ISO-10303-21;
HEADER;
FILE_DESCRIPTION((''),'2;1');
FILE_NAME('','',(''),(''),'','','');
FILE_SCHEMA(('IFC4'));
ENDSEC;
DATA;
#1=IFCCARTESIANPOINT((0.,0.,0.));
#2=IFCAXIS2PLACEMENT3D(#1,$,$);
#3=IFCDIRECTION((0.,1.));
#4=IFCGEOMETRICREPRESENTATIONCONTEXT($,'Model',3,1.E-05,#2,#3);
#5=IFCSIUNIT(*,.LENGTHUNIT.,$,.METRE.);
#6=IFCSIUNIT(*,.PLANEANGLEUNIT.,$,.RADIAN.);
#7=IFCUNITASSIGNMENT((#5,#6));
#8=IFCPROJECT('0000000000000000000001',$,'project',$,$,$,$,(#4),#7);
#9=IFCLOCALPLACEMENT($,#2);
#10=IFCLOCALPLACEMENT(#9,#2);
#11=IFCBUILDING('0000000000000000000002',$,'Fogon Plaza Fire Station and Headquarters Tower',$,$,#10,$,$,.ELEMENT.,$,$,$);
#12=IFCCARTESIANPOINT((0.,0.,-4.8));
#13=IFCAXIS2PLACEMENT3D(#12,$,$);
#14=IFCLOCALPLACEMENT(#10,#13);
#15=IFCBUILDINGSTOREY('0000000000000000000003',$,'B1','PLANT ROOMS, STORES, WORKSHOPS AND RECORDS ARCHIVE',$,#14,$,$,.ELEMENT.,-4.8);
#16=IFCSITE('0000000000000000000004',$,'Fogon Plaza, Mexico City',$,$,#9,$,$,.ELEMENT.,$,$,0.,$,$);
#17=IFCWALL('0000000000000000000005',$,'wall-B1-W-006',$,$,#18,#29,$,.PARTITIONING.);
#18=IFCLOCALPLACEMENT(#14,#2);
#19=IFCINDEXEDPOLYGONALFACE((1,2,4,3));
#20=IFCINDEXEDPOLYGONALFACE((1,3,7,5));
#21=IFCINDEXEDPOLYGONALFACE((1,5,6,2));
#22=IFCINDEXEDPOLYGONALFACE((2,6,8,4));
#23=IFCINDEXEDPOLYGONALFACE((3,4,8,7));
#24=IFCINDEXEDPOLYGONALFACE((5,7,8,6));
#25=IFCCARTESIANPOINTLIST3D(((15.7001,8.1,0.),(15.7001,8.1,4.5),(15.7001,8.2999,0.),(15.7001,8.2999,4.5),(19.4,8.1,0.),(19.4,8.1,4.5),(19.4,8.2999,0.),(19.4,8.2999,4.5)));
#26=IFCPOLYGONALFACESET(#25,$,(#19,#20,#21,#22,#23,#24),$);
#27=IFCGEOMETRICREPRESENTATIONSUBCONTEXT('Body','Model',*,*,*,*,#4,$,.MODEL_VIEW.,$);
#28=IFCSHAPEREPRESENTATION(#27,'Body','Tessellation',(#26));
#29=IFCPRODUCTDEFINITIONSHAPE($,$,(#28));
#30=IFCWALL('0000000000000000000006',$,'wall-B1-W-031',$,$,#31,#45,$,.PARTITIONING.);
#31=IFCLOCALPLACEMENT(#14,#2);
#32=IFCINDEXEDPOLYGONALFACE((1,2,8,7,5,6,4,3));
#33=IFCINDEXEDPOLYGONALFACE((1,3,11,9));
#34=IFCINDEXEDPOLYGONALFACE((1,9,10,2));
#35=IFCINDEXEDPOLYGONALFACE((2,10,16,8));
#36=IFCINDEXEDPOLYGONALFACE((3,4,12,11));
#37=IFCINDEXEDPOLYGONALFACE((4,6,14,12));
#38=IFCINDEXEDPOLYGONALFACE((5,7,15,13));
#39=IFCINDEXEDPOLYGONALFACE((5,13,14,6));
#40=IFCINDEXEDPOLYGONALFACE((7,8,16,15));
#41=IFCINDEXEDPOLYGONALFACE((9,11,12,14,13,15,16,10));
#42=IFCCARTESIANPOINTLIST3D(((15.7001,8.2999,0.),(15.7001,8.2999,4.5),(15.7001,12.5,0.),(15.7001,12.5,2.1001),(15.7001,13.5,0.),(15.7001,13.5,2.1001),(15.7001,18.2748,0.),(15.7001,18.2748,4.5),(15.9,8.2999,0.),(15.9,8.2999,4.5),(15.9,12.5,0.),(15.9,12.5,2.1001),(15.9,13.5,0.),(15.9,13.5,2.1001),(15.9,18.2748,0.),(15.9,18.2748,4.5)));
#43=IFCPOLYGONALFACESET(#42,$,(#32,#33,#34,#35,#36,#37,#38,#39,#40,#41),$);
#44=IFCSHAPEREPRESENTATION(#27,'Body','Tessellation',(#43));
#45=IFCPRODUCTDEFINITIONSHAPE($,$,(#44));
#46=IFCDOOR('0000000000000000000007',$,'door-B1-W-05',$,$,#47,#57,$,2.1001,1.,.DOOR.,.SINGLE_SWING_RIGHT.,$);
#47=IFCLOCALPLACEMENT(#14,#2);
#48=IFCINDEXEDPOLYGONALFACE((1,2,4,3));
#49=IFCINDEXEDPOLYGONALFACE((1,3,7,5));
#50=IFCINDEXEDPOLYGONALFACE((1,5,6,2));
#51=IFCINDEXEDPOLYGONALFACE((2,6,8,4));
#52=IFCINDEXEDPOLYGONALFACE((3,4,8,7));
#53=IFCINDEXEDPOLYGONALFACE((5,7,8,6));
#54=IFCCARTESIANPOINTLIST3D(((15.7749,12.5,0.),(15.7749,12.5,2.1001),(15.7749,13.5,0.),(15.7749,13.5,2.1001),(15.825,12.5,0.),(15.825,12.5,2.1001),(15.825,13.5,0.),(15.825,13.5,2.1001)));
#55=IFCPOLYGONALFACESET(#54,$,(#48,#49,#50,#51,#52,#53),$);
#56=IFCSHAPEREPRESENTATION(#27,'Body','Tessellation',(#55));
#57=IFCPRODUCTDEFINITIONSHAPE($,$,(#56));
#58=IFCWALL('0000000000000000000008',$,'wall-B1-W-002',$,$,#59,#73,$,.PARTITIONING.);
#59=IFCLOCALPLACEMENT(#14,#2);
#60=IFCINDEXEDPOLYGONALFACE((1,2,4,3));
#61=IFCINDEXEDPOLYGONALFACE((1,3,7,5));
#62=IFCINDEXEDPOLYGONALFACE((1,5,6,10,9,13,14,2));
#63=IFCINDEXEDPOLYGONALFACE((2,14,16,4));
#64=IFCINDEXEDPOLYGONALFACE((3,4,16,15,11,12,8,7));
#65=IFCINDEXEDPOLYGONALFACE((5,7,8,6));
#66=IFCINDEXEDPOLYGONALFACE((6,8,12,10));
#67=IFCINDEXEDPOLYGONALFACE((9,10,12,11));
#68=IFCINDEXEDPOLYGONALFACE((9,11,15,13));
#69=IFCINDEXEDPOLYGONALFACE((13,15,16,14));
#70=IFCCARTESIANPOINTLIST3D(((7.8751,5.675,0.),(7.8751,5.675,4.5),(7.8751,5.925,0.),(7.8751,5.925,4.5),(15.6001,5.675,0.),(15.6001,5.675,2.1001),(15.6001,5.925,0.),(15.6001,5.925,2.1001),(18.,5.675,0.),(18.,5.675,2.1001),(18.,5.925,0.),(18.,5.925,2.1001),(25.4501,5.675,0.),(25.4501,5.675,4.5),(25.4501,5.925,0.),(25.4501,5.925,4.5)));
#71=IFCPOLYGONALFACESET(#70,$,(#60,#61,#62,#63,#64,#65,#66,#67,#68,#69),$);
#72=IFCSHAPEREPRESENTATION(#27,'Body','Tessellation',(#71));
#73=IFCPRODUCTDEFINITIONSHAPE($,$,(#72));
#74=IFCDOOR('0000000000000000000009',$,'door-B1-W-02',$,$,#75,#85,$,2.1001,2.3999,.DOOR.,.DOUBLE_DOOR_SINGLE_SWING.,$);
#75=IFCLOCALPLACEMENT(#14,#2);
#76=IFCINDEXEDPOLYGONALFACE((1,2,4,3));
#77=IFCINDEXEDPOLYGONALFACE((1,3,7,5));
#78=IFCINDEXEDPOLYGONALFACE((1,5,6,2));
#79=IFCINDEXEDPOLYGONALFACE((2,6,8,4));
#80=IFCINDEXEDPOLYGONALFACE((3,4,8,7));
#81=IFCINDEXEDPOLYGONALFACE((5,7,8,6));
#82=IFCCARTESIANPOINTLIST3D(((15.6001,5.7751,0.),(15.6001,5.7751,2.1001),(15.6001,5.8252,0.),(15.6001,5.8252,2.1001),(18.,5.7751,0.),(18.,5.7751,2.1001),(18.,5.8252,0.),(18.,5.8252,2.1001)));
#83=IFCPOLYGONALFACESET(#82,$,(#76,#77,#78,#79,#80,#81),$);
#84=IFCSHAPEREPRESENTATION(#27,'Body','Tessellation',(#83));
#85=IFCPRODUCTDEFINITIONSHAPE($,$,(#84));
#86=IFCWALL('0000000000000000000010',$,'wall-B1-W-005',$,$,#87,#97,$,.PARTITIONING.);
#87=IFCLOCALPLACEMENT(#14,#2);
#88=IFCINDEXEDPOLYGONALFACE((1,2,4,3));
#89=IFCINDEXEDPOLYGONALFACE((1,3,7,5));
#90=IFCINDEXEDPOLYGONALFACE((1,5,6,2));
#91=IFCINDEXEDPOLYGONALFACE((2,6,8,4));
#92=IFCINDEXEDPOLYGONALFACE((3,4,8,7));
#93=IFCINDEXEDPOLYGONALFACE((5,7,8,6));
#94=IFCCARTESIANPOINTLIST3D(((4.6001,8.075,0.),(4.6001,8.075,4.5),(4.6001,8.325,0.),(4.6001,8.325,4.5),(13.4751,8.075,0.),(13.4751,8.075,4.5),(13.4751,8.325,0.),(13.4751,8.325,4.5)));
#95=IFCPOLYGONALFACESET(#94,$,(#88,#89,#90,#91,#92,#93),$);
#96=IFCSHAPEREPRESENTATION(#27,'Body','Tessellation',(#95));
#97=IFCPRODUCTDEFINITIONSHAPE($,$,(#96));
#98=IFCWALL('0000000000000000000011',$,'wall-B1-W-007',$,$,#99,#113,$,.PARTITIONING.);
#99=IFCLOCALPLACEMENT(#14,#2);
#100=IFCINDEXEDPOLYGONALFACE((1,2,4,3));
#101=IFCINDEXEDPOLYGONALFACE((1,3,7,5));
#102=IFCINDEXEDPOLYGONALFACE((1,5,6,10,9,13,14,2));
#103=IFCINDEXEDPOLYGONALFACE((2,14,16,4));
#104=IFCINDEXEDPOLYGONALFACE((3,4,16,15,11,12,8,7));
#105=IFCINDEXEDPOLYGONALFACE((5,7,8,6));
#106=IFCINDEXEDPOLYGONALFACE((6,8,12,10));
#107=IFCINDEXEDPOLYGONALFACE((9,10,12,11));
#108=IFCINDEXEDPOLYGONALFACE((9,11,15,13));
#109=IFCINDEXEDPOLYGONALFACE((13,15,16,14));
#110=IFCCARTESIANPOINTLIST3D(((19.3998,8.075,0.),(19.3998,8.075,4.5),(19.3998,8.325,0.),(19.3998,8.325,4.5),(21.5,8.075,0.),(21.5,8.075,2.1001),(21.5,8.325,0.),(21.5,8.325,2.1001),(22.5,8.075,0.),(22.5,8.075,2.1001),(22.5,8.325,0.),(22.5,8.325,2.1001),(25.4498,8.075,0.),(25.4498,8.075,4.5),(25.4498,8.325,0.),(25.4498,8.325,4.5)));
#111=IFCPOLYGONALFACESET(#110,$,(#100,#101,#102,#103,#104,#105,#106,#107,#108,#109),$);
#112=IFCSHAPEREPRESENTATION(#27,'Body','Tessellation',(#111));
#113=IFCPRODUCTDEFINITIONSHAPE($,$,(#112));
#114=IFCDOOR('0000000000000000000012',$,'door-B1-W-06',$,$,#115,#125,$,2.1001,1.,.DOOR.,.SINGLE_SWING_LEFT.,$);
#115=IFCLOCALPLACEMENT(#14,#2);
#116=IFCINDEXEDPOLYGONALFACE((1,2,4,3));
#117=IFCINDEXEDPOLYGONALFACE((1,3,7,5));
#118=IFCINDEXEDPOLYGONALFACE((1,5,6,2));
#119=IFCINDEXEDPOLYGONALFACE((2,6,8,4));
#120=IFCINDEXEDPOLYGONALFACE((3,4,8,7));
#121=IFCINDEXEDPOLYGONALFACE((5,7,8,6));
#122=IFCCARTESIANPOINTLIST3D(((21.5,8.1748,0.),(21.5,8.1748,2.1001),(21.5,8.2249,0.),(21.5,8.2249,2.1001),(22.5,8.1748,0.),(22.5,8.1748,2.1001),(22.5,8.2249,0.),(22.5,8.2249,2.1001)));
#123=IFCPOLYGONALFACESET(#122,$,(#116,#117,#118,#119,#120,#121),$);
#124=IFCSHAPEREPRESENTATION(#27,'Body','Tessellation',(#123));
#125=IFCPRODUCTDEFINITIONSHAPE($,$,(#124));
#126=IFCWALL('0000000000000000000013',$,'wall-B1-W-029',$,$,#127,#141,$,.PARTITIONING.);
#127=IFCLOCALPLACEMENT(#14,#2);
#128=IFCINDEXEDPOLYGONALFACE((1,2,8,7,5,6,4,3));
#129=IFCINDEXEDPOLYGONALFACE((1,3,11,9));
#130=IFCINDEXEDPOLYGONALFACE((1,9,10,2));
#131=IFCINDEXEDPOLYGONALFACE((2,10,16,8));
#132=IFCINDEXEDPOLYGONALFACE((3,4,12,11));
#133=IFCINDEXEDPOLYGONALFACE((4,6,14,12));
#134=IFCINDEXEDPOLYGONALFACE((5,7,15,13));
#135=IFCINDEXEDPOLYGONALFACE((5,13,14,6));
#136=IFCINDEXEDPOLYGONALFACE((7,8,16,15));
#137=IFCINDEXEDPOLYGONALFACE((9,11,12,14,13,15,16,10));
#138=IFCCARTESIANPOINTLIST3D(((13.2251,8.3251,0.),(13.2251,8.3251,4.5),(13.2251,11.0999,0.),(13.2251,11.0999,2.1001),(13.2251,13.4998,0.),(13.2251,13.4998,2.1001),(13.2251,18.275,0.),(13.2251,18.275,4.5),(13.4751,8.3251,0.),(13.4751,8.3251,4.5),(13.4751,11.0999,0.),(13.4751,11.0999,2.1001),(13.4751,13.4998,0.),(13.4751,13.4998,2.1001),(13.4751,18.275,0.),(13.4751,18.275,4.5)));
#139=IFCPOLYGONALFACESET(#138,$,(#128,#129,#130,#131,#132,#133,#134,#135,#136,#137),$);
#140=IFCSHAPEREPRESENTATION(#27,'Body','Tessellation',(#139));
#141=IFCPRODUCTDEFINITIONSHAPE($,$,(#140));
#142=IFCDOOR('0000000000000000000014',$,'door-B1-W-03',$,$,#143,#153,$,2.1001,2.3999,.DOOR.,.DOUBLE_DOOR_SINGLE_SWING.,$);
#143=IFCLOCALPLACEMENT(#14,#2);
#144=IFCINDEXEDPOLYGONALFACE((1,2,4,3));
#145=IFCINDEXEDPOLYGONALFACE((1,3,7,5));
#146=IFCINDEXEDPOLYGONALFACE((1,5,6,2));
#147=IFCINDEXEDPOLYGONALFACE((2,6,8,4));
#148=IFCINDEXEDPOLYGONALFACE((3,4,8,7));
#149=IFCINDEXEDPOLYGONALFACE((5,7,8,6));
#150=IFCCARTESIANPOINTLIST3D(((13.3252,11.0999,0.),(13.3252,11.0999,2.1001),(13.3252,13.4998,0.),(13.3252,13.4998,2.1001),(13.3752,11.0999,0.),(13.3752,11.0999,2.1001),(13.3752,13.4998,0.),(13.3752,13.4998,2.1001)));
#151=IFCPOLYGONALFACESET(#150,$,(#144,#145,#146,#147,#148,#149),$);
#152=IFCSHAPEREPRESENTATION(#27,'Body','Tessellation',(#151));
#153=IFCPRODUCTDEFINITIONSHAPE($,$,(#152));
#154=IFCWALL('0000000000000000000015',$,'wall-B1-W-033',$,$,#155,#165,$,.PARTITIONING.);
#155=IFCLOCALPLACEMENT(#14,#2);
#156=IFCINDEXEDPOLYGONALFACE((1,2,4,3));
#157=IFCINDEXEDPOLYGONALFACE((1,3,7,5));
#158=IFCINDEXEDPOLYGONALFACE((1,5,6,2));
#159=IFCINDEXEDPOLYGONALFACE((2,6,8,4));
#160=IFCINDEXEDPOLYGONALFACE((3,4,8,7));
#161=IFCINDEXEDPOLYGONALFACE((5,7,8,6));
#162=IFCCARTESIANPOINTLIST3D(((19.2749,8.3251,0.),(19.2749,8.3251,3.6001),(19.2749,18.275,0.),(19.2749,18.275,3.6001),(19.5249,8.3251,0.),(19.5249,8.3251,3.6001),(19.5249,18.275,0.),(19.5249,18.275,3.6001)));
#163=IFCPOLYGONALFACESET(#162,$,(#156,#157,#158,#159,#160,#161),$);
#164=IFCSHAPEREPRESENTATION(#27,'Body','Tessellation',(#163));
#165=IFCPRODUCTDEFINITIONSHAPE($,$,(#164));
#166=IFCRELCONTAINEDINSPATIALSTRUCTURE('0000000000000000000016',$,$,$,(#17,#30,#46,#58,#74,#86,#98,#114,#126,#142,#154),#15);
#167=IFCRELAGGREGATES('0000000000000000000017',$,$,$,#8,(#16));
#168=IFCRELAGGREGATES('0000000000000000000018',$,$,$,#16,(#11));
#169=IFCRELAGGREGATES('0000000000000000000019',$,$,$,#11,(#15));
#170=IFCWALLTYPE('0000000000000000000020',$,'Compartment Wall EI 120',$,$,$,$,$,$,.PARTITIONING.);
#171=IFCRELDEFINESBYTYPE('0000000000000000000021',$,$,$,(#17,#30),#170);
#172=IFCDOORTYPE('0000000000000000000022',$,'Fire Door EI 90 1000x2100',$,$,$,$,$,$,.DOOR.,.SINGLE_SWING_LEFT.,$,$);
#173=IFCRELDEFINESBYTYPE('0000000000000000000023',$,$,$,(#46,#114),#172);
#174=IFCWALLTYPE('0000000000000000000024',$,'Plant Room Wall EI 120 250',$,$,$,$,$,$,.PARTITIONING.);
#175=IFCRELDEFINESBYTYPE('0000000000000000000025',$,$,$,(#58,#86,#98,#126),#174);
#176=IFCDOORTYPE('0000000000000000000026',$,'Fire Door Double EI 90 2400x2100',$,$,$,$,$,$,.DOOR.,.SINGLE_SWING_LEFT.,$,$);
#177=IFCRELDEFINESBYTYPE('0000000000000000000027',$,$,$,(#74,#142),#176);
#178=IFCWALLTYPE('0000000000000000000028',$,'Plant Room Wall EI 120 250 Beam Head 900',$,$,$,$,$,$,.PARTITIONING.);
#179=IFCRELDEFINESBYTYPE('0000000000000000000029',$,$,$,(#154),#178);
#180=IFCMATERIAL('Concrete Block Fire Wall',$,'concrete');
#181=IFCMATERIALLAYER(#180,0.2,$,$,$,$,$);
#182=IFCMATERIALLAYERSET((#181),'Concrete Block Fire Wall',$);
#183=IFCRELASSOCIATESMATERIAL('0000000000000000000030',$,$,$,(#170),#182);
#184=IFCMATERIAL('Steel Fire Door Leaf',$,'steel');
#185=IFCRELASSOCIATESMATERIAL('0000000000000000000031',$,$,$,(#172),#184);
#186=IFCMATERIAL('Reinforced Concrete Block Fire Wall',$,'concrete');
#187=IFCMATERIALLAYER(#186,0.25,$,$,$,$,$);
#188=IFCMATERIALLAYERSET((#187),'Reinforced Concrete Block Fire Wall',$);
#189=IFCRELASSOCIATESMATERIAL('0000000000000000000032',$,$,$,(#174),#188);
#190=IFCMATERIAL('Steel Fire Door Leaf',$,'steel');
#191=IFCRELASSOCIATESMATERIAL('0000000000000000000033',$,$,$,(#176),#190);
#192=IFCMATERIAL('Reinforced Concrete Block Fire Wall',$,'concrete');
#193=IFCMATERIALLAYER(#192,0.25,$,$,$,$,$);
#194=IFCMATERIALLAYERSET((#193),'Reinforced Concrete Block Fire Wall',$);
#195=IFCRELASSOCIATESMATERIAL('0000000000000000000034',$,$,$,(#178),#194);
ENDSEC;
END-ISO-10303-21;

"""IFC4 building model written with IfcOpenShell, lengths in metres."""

from ifc_helpers import new_model, si_unit, direction, frame, frame_2d, origin, place, context, subcontext, project, spatial, rectangle, extrude, material, layer, layer_set, type_object, element, fill, save


model = new_model("IFC4")

# Units and contexts
model_context = context("Model", 3, precision=1e-05, world=origin(), true_north=direction((0.0, 1.0)))
body_context = subcontext(model_context, "Body", "Model", "MODEL_VIEW")
ifc_project = project(units=[si_unit("LENGTHUNIT", "METRE"), si_unit("PLANEANGLEUNIT", "RADIAN")], contexts=[model_context])

# Site, building, storey
site_placement = place(None, origin())
site = spatial("IfcSite", under=ifc_project, at=site_placement, Name="Fogon Plaza, Mexico City", CompositionType="ELEMENT", RefElevation=0.0)
building_placement = place(site_placement, origin())
building = spatial("IfcBuilding", under=site, at=building_placement, Name="Fogon Plaza Fire Station and Headquarters Tower", CompositionType="ELEMENT")
storey_placement = place(building_placement, frame((0.0, 0.0, -4.8)))
storey = spatial("IfcBuildingStorey", under=building, at=storey_placement, Name="B1", Description="PLANT ROOMS, STORES, WORKSHOPS AND RECORDS ARCHIVE", CompositionType="ELEMENT", Elevation=-4.8)

# Wall
ifc_material_1 = material(Name="Concrete Block Fire Wall", Category="concrete")
ifc_layer_1 = layer(ifc_material_1, 0.2)
ifc_layer_set_1 = layer_set([ifc_layer_1], Name="Concrete Block Fire Wall")
wall_type_1 = type_object("IfcWallType", Name="Compartment Wall EI 120", PredefinedType="PARTITIONING", material=ifc_layer_set_1)
wall_1_placement = place(storey_placement, frame((15.7, 8.2, 0.0), z_axis=(0.0, 0.0, 1.0), x_axis=(1.0, 0.0, 0.0)))
element("IfcWall", 1, at=wall_1_placement, inside=storey, type_object=wall_type_1, Name="wall-B1-W-006", PredefinedType="PARTITIONING", context=body_context, shape_type="SweptSolid", body=[
    extrude(rectangle(XDim=3.7, YDim=0.2, at=frame_2d((1.8501, 0.0))), origin(), (0.0, 0.0, 1.0), 4.5),
])

# Walls, openings, doors
wall_2_placement = place(storey_placement, frame((15.8, 8.3, 0.0), z_axis=(0.0, 0.0, 1.0), x_axis=(0.0, 1.0, 0.0)))
wall_2 = element("IfcWall", 2, at=wall_2_placement, inside=storey, type_object=wall_type_1, Name="wall-B1-W-031", PredefinedType="PARTITIONING", context=body_context, shape_type="SweptSolid", body=[
    extrude(rectangle(XDim=9.9749, YDim=0.2, at=frame_2d((4.9873, 0.0))), origin(), (0.0, 0.0, 1.0), 4.5),
])
opening_1_placement = place(wall_2_placement, frame((4.2, 0.0, 0.0)))
opening_1 = element("IfcOpeningElement", 3, at=opening_1_placement, cuts=wall_2, PredefinedType="OPENING", context=body_context, shape_type="SweptSolid", body=[
    extrude(rectangle(XDim=1.0, YDim=2.1001, at=frame_2d((0.5, 1.05))), frame((0.0, 0.1099, 0.0), z_axis=(0.0, -1.0, 0.0), x_axis=(1.0, 0.0, 0.0)), (0.0, 0.0, 1.0), 0.22),
])
ifc_material_2 = material(Name="Steel Fire Door Leaf", Category="steel")
door_type_1 = type_object("IfcDoorType", Name="Fire Door EI 90 1000x2100", OperationType="SINGLE_SWING_LEFT", PredefinedType="DOOR", material=ifc_material_2)
door_1_placement = place(opening_1_placement, frame((1.0, 0.0, 0.0), z_axis=(0.0, 0.0, 1.0), x_axis=(-1.0, 0.0, 0.0)))
door_1 = element("IfcDoor", 4, at=door_1_placement, inside=storey, type_object=door_type_1, Name="door-B1-W-05", OperationType="SINGLE_SWING_RIGHT", OverallHeight=2.1001, OverallWidth=1.0, PredefinedType="DOOR", context=body_context, shape_type="SweptSolid", body=[
    extrude(rectangle(XDim=1.0, YDim=2.1001, at=frame_2d((0.5, 1.05))), frame((0.0, 0.0249, 0.0), z_axis=(0.0, -1.0, 0.0), x_axis=(1.0, 0.0, 0.0)), (0.0, 0.0, 1.0), 0.05),
])
fill(opening_1, door_1)
ifc_material_3 = material(Name="Reinforced Concrete Block Fire Wall", Category="concrete")
ifc_layer_2 = layer(ifc_material_3, 0.25)
ifc_layer_set_2 = layer_set([ifc_layer_2], Name="Reinforced Concrete Block Fire Wall")
wall_type_2 = type_object("IfcWallType", Name="Plant Room Wall EI 120 250", PredefinedType="PARTITIONING", material=ifc_layer_set_2)
wall_3_placement = place(storey_placement, frame((7.875, 5.8, 0.0), z_axis=(0.0, 0.0, 1.0), x_axis=(1.0, 0.0, 0.0)))
wall_3 = element("IfcWall", 5, at=wall_3_placement, inside=storey, type_object=wall_type_2, Name="wall-B1-W-002", PredefinedType="PARTITIONING", context=body_context, shape_type="SweptSolid", body=[
    extrude(rectangle(XDim=17.575, YDim=0.25, at=frame_2d((8.7876, 0.0))), origin(), (0.0, 0.0, 1.0), 4.5),
])
opening_2_placement = place(wall_3_placement, frame((7.7251, 0.0, 0.0)))
opening_2 = element("IfcOpeningElement", 6, at=opening_2_placement, cuts=wall_3, PredefinedType="OPENING", context=body_context, shape_type="SweptSolid", body=[
    extrude(rectangle(XDim=2.3999, YDim=2.1001, at=frame_2d((1.2, 1.05))), frame((0.0, 0.135, 0.0), z_axis=(0.0, -1.0, 0.0), x_axis=(1.0, 0.0, 0.0)), (0.0, 0.0, 1.0), 0.27),
])
ifc_material_4 = material(Name="Steel Fire Door Leaf", Category="steel")
door_type_2 = type_object("IfcDoorType", Name="Fire Door Double EI 90 2400x2100", OperationType="SINGLE_SWING_LEFT", PredefinedType="DOOR", material=ifc_material_4)
door_2_placement = place(opening_2_placement, frame((2.3999, 0.0, 0.0), z_axis=(0.0, 0.0, 1.0), x_axis=(-1.0, 0.0, 0.0)))
door_2 = element("IfcDoor", 7, at=door_2_placement, inside=storey, type_object=door_type_2, Name="door-B1-W-02", OperationType="DOUBLE_DOOR_SINGLE_SWING", OverallHeight=2.1001, OverallWidth=2.3999, PredefinedType="DOOR", context=body_context, shape_type="SweptSolid", body=[
    extrude(rectangle(XDim=2.3999, YDim=2.1001, at=frame_2d((1.2, 1.05))), frame((0.0, 0.0249, 0.0), z_axis=(0.0, -1.0, 0.0), x_axis=(1.0, 0.0, 0.0)), (0.0, 0.0, 1.0), 0.05),
])
fill(opening_2, door_2)

# Wall
wall_4_placement = place(storey_placement, frame((4.6001, 8.2, 0.0), z_axis=(0.0, 0.0, 1.0), x_axis=(1.0, 0.0, 0.0)))
element("IfcWall", 8, at=wall_4_placement, inside=storey, type_object=wall_type_2, Name="wall-B1-W-005", PredefinedType="PARTITIONING", context=body_context, shape_type="SweptSolid", body=[
    extrude(rectangle(XDim=8.875, YDim=0.25, at=frame_2d((4.4375, 0.0))), origin(), (0.0, 0.0, 1.0), 4.5),
])

# Walls, openings, doors
wall_5_placement = place(storey_placement, frame((19.3999, 8.2, 0.0), z_axis=(0.0, 0.0, 1.0), x_axis=(1.0, 0.0, 0.0)))
wall_5 = element("IfcWall", 9, at=wall_5_placement, inside=storey, type_object=wall_type_2, Name="wall-B1-W-007", PredefinedType="PARTITIONING", context=body_context, shape_type="SweptSolid", body=[
    extrude(rectangle(XDim=6.05, YDim=0.25, at=frame_2d((3.0249, 0.0))), origin(), (0.0, 0.0, 1.0), 4.5),
])
opening_3_placement = place(wall_5_placement, frame((2.1001, 0.0, 0.0)))
opening_3 = element("IfcOpeningElement", 10, at=opening_3_placement, cuts=wall_5, PredefinedType="OPENING", context=body_context, shape_type="SweptSolid", body=[
    extrude(rectangle(XDim=1.0, YDim=2.1001, at=frame_2d((0.5, 1.05))), frame((0.0, 0.135, 0.0), z_axis=(0.0, -1.0, 0.0), x_axis=(1.0, 0.0, 0.0)), (0.0, 0.0, 1.0), 0.27),
])
door_3_placement = place(opening_3_placement, origin())
door_3 = element("IfcDoor", 11, at=door_3_placement, inside=storey, type_object=door_type_1, Name="door-B1-W-06", OperationType="SINGLE_SWING_LEFT", OverallHeight=2.1001, OverallWidth=1.0, PredefinedType="DOOR", context=body_context, shape_type="SweptSolid", body=[
    extrude(rectangle(XDim=1.0, YDim=2.1001, at=frame_2d((0.5, 1.05))), frame((0.0, 0.0249, 0.0), z_axis=(0.0, -1.0, 0.0), x_axis=(1.0, 0.0, 0.0)), (0.0, 0.0, 1.0), 0.05),
])
fill(opening_3, door_3)
wall_6_placement = place(storey_placement, frame((13.3501, 8.325, 0.0), z_axis=(0.0, 0.0, 1.0), x_axis=(0.0, 1.0, 0.0)))
wall_6 = element("IfcWall", 12, at=wall_6_placement, inside=storey, type_object=wall_type_2, Name="wall-B1-W-029", PredefinedType="PARTITIONING", context=body_context, shape_type="SweptSolid", body=[
    extrude(rectangle(XDim=9.95, YDim=0.25, at=frame_2d((4.9751, 0.0))), origin(), (0.0, 0.0, 1.0), 4.5),
])
opening_4_placement = place(wall_6_placement, frame((2.7749, 0.0, 0.0)))
opening_4 = element("IfcOpeningElement", 13, at=opening_4_placement, cuts=wall_6, PredefinedType="OPENING", context=body_context, shape_type="SweptSolid", body=[
    extrude(rectangle(XDim=2.3999, YDim=2.1001, at=frame_2d((1.2, 1.05))), frame((0.0, 0.135, 0.0), z_axis=(0.0, -1.0, 0.0), x_axis=(1.0, 0.0, 0.0)), (0.0, 0.0, 1.0), 0.27),
])
door_4_placement = place(opening_4_placement, origin())
door_4 = element("IfcDoor", 14, at=door_4_placement, inside=storey, type_object=door_type_2, Name="door-B1-W-03", OperationType="DOUBLE_DOOR_SINGLE_SWING", OverallHeight=2.1001, OverallWidth=2.3999, PredefinedType="DOOR", context=body_context, shape_type="SweptSolid", body=[
    extrude(rectangle(XDim=2.3999, YDim=2.1001, at=frame_2d((1.2, 1.05))), frame((0.0, 0.0249, 0.0), z_axis=(0.0, -1.0, 0.0), x_axis=(1.0, 0.0, 0.0)), (0.0, 0.0, 1.0), 0.05),
])
fill(opening_4, door_4)

# Wall
ifc_material_5 = material(Name="Reinforced Concrete Block Fire Wall", Category="concrete")
ifc_layer_3 = layer(ifc_material_5, 0.25)
ifc_layer_set_3 = layer_set([ifc_layer_3], Name="Reinforced Concrete Block Fire Wall")
wall_type_3 = type_object("IfcWallType", Name="Plant Room Wall EI 120 250 Beam Head 900", PredefinedType="PARTITIONING", material=ifc_layer_set_3)
wall_7_placement = place(storey_placement, frame((19.3999, 8.325, 0.0), z_axis=(0.0, 0.0, 1.0), x_axis=(0.0, 1.0, 0.0)))
element("IfcWall", 15, at=wall_7_placement, inside=storey, type_object=wall_type_3, Name="wall-B1-W-033", PredefinedType="PARTITIONING", context=body_context, shape_type="SweptSolid", body=[
    extrude(rectangle(XDim=9.95, YDim=0.25, at=frame_2d((4.9751, 0.0))), origin(), (0.0, 0.0, 1.0), 3.6001),
])

save(model, "model.ifc")
